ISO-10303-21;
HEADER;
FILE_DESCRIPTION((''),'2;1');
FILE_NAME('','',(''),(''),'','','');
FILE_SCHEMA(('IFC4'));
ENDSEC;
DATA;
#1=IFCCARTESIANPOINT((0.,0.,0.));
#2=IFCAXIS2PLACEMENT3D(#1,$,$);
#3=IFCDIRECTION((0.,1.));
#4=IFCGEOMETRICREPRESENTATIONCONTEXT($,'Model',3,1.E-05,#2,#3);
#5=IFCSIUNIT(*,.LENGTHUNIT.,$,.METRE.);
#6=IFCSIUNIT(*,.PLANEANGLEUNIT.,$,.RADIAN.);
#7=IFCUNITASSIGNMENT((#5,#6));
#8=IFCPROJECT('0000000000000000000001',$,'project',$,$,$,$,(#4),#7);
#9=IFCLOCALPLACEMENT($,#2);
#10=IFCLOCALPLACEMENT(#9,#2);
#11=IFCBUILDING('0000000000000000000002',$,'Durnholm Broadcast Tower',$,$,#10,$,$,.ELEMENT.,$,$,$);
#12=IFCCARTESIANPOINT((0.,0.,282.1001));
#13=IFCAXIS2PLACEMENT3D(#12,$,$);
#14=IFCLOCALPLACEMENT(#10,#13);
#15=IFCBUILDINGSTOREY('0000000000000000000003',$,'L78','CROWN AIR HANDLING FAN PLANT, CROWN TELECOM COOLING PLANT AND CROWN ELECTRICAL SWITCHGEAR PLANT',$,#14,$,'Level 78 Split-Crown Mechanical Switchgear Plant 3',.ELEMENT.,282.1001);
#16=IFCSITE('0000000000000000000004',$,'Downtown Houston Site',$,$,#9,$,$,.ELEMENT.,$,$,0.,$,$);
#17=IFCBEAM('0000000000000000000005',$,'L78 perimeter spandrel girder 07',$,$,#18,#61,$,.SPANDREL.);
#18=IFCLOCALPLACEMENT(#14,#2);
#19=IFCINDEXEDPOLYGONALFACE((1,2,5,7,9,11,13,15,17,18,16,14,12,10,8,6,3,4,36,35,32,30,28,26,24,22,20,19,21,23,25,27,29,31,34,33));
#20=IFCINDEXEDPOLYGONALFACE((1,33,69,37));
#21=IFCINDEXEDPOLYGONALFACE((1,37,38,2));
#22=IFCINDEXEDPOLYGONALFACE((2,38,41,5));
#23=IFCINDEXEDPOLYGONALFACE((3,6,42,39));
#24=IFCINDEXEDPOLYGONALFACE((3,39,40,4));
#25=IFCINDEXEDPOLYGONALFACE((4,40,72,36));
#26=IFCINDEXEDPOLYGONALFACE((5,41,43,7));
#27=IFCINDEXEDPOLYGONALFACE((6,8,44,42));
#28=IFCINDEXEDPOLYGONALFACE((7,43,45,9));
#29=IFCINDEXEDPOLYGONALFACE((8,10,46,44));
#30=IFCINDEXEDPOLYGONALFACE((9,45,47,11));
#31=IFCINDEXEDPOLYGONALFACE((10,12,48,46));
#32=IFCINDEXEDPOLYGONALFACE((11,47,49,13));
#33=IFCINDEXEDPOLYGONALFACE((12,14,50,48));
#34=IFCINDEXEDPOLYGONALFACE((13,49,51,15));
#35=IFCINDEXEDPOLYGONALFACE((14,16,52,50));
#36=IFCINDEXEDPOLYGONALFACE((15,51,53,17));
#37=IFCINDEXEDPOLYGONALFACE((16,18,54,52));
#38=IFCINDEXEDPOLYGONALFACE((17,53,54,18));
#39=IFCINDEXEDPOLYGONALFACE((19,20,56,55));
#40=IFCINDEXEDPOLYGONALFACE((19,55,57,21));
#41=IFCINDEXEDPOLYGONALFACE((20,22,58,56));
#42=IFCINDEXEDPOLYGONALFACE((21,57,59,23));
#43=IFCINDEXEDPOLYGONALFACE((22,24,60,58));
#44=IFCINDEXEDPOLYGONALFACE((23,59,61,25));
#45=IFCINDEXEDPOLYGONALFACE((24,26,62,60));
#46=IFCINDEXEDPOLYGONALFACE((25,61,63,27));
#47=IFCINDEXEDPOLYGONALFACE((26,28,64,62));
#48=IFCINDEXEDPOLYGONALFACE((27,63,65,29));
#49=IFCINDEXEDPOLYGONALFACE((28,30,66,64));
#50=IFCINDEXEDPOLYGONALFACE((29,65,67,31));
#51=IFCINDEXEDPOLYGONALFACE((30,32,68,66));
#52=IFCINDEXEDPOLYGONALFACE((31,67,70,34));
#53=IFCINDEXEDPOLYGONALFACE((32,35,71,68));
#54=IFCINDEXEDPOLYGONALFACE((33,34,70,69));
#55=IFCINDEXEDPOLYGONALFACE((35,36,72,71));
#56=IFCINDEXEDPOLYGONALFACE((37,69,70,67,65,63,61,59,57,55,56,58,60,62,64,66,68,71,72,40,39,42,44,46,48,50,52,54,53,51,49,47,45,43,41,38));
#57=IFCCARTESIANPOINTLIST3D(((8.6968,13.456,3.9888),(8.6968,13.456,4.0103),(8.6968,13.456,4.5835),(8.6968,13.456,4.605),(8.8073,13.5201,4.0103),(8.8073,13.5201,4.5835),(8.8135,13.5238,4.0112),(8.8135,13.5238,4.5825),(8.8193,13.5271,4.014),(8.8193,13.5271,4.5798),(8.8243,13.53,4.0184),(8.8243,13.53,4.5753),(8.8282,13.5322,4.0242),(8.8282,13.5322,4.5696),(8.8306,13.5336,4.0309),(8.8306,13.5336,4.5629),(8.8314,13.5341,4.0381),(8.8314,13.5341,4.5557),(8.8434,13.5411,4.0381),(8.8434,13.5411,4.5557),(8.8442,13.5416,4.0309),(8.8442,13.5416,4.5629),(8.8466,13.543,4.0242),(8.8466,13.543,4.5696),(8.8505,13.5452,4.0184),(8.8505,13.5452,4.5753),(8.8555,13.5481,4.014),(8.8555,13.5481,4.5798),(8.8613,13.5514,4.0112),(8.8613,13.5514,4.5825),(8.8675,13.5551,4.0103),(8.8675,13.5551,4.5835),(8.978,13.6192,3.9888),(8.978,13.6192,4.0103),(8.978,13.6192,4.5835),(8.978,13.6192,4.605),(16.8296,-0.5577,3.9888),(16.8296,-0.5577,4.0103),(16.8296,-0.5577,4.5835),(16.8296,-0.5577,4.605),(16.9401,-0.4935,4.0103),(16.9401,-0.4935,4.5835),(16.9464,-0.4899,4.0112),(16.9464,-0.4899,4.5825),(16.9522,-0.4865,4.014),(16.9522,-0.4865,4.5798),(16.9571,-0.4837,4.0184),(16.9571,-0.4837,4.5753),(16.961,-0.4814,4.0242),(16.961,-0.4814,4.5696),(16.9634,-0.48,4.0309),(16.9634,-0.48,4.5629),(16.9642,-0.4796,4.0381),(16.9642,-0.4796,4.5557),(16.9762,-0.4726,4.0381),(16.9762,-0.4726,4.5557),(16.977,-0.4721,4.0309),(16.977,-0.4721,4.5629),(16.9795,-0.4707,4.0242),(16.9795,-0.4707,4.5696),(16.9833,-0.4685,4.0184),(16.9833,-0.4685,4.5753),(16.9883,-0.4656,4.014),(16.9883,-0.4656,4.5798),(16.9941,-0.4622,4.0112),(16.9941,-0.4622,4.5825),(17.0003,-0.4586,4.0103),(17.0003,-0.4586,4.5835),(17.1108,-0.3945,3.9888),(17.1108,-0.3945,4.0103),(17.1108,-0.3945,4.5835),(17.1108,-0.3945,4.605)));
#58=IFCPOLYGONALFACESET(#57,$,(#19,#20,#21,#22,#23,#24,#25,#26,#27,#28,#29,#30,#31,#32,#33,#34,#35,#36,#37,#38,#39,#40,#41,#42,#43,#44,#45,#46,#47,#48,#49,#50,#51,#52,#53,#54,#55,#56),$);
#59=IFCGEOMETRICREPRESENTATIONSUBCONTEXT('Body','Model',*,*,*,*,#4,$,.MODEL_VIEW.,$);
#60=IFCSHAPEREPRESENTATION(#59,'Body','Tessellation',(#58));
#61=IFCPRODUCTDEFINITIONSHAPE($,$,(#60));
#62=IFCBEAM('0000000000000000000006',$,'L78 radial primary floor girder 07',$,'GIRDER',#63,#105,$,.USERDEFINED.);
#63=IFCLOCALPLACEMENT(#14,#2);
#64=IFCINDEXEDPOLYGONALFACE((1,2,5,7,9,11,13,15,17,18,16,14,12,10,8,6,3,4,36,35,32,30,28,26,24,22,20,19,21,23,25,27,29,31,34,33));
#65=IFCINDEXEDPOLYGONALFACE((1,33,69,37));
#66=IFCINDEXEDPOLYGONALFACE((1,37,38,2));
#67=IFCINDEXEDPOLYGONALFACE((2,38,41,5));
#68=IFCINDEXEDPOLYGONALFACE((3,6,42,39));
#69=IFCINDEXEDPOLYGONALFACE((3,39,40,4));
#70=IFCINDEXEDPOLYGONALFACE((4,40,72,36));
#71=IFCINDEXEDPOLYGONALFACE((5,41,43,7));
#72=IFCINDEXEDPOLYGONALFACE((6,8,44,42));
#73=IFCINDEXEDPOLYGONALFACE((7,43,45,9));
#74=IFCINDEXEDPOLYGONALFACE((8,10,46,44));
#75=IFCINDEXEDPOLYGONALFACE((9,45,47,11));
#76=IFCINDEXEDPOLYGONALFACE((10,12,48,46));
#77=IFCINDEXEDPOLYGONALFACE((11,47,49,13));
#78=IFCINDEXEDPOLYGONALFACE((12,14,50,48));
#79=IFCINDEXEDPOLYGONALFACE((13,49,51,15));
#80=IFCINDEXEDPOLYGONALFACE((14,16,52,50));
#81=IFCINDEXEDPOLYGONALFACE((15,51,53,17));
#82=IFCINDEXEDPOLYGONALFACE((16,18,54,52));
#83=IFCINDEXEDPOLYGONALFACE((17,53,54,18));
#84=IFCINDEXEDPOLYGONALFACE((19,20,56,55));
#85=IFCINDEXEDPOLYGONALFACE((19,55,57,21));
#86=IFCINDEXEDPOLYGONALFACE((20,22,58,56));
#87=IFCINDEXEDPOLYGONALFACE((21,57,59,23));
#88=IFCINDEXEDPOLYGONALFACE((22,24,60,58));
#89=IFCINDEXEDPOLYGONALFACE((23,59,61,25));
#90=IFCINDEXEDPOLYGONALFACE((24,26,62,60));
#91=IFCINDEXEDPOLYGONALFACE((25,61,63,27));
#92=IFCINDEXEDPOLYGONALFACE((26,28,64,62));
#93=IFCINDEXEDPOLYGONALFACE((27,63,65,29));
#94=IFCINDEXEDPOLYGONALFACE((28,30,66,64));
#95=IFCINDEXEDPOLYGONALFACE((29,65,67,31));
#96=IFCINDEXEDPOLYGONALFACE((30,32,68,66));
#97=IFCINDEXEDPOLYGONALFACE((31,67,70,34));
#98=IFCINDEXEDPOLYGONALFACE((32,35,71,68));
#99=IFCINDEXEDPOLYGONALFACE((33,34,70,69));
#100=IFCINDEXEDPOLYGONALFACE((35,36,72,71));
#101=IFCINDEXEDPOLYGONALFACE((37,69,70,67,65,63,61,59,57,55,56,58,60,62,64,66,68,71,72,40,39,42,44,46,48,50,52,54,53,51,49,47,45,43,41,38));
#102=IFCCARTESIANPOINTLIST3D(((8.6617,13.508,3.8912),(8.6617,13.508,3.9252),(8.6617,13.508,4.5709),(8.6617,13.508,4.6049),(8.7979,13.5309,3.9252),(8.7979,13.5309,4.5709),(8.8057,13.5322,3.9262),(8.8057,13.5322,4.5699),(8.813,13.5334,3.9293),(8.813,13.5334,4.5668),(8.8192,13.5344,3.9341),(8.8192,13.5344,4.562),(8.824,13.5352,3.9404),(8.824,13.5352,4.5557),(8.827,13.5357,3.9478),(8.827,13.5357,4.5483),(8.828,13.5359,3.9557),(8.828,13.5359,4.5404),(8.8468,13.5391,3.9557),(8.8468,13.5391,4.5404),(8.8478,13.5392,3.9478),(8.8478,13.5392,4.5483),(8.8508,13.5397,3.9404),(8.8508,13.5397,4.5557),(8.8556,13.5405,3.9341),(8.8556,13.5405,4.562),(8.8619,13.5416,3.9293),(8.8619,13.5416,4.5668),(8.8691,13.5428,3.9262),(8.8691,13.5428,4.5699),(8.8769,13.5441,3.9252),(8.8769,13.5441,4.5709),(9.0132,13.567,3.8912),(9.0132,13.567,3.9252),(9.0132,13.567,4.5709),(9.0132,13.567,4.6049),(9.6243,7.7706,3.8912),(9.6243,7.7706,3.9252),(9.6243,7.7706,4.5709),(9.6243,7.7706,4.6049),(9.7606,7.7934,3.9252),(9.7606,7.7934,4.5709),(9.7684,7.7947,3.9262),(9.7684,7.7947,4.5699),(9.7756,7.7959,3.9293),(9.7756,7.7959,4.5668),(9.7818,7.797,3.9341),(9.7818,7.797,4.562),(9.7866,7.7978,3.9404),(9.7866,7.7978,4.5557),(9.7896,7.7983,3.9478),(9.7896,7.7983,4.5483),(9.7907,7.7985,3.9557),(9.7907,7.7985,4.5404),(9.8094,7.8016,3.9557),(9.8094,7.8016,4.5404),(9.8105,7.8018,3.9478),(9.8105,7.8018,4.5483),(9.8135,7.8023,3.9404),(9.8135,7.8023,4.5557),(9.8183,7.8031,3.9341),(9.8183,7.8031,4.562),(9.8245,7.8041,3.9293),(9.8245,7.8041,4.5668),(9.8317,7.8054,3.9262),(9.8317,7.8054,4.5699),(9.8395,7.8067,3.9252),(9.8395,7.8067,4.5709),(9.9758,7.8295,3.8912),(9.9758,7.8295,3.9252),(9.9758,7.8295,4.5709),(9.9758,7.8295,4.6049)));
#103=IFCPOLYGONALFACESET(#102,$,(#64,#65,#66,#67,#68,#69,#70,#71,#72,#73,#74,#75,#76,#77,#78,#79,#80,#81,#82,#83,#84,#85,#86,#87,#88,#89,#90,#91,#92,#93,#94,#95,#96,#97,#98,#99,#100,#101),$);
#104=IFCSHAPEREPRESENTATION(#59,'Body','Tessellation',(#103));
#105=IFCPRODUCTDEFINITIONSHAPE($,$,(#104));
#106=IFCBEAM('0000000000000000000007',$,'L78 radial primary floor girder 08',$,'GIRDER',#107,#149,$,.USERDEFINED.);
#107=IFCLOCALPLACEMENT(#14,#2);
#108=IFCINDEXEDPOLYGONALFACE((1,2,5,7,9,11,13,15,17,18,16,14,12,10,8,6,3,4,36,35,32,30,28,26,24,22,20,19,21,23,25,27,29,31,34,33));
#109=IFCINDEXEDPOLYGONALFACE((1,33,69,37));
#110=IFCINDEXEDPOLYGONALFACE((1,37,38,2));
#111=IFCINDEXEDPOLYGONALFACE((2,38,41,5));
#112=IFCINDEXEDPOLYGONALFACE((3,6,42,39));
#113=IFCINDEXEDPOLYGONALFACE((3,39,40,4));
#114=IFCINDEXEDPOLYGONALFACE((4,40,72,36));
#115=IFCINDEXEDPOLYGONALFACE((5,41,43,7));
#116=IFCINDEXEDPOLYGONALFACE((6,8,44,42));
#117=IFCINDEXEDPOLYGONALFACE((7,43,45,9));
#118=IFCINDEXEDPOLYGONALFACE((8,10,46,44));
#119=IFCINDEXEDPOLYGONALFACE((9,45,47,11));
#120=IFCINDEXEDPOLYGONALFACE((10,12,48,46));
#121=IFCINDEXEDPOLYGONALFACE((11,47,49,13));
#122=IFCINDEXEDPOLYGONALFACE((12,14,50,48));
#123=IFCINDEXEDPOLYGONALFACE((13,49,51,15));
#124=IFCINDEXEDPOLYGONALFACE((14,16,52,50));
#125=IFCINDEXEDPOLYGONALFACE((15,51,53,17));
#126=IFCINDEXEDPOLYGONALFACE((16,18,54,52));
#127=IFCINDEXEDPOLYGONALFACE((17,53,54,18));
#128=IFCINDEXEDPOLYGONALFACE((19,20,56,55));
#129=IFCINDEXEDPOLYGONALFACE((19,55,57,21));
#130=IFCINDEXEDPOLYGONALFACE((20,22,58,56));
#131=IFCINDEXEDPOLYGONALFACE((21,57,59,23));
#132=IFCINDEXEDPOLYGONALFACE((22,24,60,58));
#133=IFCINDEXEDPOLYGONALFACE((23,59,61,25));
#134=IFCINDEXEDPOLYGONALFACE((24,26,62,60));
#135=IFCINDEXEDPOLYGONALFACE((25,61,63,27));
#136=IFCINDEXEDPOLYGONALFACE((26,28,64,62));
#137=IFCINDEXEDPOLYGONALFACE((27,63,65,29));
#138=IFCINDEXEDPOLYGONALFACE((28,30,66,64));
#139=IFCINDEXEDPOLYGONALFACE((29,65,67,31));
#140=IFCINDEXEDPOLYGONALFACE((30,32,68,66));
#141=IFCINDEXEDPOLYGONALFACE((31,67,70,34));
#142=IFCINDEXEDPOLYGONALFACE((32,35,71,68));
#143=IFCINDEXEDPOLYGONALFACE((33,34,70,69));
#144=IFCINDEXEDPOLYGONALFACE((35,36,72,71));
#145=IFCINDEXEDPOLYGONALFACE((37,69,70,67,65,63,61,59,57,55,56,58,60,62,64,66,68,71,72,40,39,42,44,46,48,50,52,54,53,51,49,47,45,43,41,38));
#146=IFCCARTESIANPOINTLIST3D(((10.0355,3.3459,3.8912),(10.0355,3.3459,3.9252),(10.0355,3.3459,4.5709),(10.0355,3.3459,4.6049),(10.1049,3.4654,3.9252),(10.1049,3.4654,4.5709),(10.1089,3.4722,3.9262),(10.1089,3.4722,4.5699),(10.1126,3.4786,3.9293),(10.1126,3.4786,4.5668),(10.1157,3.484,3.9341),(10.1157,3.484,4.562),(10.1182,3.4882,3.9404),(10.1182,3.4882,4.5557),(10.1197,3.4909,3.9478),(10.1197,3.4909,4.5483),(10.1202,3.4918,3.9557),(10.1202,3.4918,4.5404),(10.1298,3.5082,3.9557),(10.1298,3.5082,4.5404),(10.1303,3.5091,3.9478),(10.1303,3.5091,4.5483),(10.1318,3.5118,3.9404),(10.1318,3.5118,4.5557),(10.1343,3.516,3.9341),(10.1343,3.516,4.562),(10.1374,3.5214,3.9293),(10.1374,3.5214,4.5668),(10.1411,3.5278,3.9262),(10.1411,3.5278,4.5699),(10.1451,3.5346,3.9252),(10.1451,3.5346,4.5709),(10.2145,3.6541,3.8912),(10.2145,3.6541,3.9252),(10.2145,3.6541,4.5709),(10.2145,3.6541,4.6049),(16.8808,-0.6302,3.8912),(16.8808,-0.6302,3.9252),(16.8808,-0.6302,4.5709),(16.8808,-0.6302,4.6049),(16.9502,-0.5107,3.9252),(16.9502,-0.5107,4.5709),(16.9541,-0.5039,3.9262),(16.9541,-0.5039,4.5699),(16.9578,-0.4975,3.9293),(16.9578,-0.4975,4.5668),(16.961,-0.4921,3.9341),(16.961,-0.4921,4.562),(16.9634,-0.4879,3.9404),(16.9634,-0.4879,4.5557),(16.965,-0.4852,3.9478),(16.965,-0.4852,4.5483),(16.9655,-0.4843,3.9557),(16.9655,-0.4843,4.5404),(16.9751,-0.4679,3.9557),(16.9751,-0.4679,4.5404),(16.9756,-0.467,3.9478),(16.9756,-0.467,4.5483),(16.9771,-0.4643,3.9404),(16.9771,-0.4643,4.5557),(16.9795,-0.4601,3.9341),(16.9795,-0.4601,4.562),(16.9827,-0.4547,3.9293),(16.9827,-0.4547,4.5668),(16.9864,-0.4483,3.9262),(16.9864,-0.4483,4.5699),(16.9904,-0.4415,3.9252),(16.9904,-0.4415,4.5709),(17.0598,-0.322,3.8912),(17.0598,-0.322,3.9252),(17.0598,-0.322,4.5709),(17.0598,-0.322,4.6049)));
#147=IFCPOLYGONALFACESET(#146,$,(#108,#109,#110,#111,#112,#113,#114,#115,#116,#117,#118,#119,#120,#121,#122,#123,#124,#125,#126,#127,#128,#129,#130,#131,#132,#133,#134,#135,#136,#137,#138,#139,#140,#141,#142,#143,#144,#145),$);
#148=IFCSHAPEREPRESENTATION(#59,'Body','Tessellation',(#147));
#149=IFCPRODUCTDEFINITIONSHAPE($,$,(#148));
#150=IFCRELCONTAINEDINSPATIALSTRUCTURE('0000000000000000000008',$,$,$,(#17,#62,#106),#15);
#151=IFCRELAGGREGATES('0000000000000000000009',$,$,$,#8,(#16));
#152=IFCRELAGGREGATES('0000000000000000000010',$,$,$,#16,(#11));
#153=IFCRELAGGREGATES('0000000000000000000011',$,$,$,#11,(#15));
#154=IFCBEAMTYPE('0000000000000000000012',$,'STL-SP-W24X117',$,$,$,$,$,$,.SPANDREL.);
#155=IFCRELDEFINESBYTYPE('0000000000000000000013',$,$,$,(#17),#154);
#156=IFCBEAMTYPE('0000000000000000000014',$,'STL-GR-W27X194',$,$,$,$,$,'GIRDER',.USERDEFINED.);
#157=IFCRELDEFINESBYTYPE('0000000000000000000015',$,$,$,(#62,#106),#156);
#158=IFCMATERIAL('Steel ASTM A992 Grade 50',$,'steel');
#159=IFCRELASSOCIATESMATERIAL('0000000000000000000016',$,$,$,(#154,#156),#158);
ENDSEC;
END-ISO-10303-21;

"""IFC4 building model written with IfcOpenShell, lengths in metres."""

from ifc_helpers import new_model, si_unit, direction, frame, origin, origin_2d, place, context, subcontext, project, spatial, i_section, extrude, source, transform, mapped, material, material_profile, profile_set, type_object, element, save


model = new_model("IFC4")

# Units and contexts
model_context = context("Model", 3, precision=1e-05, world=origin(), true_north=direction((0.0, 1.0)))
body_context = subcontext(model_context, "Body", "Model", "MODEL_VIEW")
ifc_project = project(units=[si_unit("LENGTHUNIT", "METRE"), si_unit("PLANEANGLEUNIT", "RADIAN")], contexts=[model_context])

# Site, building, storey
site_placement = place(None, origin())
site = spatial("IfcSite", under=ifc_project, at=site_placement, Name="Downtown Houston Site", CompositionType="ELEMENT", RefElevation=0.0)
building_placement = place(site_placement, origin())
building = spatial("IfcBuilding", under=site, at=building_placement, Name="Durnholm Broadcast Tower", CompositionType="ELEMENT")
storey_placement = place(building_placement, frame((0.0, 0.0, 282.1001)))
storey = spatial("IfcBuildingStorey", under=building, at=storey_placement, Name="L78", Description="CROWN AIR HANDLING FAN PLANT, CROWN TELECOM COOLING PLANT AND CROWN ELECTRICAL SWITCHGEAR PLANT", LongName="Level 78 Split-Crown Mechanical Switchgear Plant 3", CompositionType="ELEMENT", Elevation=282.1001)

# Beams
ifc_material_1 = material(Name="Steel ASTM A992 Grade 50", Category="steel")
ifc_material_profile_1 = material_profile(ifc_material_1, i_section(OverallWidth=0.3252, OverallDepth=0.6162, WebThickness=0.0139, FlangeThickness=0.0215, FilletRadius=0.0278, at=origin_2d()), Name="W24X117")
ifc_profile_set_1 = profile_set([ifc_material_profile_1], Name="Steel ASTM A992 Grade 50")
beam_type_1 = type_object("IfcBeamType", Name="STL-SP-W24X117", PredefinedType="SPANDREL", material=ifc_profile_set_1)
shared_shape_1 = source(origin(), body_context, "Body", "SweptSolid", [
    extrude(i_section(OverallWidth=0.3252, OverallDepth=0.6162, WebThickness=0.0139, FlangeThickness=0.0215, FilletRadius=0.0278, at=origin_2d()), origin(), (0.0, 0.0, 1.0), 16.2026),
])
beam_1_placement = place(storey_placement, frame((8.8374, 13.5376, 4.2969), z_axis=(0.501944, -0.8649, 0.0), x_axis=(0.8649, 0.501944, 0.0)))
element("IfcBeam", 1, at=beam_1_placement, inside=storey, type_object=beam_type_1, Name="L78 perimeter spandrel girder 07", PredefinedType="SPANDREL", context=body_context, shape_type="MappedRepresentation", body=[
    mapped(shared_shape_1, transform((0.0, 0.0, 0.0), x_axis=(1.0, 0.0, 0.0), y_axis=(0.0, 1.0, 0.0), z_axis=(0.0, 0.0, 1.0), scale=1.0)),
])
ifc_material_profile_2 = material_profile(ifc_material_1, i_section(OverallWidth=0.3564, OverallDepth=0.7136, WebThickness=0.019, FlangeThickness=0.0339, FilletRadius=0.0305, at=origin_2d()), Name="W27X194")
ifc_profile_set_2 = profile_set([ifc_material_profile_2], Name="Steel ASTM A992 Grade 50")
beam_type_2 = type_object("IfcBeamType", Name="STL-GR-W27X194", ElementType="GIRDER", PredefinedType="USERDEFINED", material=ifc_profile_set_2)
shared_shape_2 = source(origin(), body_context, "Body", "SweptSolid", [
    extrude(i_section(OverallWidth=0.3564, OverallDepth=0.7136, WebThickness=0.019, FlangeThickness=0.0339, FilletRadius=0.0305, at=origin_2d()), origin(), (0.0, 0.0, 1.0), 5.8176),
])
beam_2_placement = place(storey_placement, frame((9.8, 7.8, 4.248), z_axis=(-0.165467, 0.986215, 0.0), x_axis=(-0.986215, -0.165467, 0.0)))
element("IfcBeam", 2, at=beam_2_placement, inside=storey, type_object=beam_type_2, Name="L78 radial primary floor girder 07", ObjectType="GIRDER", PredefinedType="USERDEFINED", context=body_context, shape_type="MappedRepresentation", body=[
    mapped(shared_shape_2, transform((0.0, 0.0, 0.0), x_axis=(1.0, 0.0, 0.0), y_axis=(0.0, 1.0, 0.0), z_axis=(0.0, 0.0, 1.0), scale=1.0)),
])
shared_shape_3 = source(origin(), body_context, "Body", "SweptSolid", [
    extrude(i_section(OverallWidth=0.3564, OverallDepth=0.7136, WebThickness=0.019, FlangeThickness=0.0339, FilletRadius=0.0305, at=origin_2d()), origin(), (0.0, 0.0, 1.0), 7.9163),
])
beam_3_placement = place(storey_placement, frame((10.125, 3.5, 4.248), z_axis=(0.86471, -0.502271, 0.0), x_axis=(0.502271, 0.86471, 0.0)))
element("IfcBeam", 3, at=beam_3_placement, inside=storey, type_object=beam_type_2, Name="L78 radial primary floor girder 08", ObjectType="GIRDER", PredefinedType="USERDEFINED", context=body_context, shape_type="MappedRepresentation", body=[
    mapped(shared_shape_3, transform((0.0, 0.0, 0.0), x_axis=(1.0, 0.0, 0.0), y_axis=(0.0, 1.0, 0.0), z_axis=(0.0, 0.0, 1.0), scale=1.0)),
])

save(model, "model.ifc")
